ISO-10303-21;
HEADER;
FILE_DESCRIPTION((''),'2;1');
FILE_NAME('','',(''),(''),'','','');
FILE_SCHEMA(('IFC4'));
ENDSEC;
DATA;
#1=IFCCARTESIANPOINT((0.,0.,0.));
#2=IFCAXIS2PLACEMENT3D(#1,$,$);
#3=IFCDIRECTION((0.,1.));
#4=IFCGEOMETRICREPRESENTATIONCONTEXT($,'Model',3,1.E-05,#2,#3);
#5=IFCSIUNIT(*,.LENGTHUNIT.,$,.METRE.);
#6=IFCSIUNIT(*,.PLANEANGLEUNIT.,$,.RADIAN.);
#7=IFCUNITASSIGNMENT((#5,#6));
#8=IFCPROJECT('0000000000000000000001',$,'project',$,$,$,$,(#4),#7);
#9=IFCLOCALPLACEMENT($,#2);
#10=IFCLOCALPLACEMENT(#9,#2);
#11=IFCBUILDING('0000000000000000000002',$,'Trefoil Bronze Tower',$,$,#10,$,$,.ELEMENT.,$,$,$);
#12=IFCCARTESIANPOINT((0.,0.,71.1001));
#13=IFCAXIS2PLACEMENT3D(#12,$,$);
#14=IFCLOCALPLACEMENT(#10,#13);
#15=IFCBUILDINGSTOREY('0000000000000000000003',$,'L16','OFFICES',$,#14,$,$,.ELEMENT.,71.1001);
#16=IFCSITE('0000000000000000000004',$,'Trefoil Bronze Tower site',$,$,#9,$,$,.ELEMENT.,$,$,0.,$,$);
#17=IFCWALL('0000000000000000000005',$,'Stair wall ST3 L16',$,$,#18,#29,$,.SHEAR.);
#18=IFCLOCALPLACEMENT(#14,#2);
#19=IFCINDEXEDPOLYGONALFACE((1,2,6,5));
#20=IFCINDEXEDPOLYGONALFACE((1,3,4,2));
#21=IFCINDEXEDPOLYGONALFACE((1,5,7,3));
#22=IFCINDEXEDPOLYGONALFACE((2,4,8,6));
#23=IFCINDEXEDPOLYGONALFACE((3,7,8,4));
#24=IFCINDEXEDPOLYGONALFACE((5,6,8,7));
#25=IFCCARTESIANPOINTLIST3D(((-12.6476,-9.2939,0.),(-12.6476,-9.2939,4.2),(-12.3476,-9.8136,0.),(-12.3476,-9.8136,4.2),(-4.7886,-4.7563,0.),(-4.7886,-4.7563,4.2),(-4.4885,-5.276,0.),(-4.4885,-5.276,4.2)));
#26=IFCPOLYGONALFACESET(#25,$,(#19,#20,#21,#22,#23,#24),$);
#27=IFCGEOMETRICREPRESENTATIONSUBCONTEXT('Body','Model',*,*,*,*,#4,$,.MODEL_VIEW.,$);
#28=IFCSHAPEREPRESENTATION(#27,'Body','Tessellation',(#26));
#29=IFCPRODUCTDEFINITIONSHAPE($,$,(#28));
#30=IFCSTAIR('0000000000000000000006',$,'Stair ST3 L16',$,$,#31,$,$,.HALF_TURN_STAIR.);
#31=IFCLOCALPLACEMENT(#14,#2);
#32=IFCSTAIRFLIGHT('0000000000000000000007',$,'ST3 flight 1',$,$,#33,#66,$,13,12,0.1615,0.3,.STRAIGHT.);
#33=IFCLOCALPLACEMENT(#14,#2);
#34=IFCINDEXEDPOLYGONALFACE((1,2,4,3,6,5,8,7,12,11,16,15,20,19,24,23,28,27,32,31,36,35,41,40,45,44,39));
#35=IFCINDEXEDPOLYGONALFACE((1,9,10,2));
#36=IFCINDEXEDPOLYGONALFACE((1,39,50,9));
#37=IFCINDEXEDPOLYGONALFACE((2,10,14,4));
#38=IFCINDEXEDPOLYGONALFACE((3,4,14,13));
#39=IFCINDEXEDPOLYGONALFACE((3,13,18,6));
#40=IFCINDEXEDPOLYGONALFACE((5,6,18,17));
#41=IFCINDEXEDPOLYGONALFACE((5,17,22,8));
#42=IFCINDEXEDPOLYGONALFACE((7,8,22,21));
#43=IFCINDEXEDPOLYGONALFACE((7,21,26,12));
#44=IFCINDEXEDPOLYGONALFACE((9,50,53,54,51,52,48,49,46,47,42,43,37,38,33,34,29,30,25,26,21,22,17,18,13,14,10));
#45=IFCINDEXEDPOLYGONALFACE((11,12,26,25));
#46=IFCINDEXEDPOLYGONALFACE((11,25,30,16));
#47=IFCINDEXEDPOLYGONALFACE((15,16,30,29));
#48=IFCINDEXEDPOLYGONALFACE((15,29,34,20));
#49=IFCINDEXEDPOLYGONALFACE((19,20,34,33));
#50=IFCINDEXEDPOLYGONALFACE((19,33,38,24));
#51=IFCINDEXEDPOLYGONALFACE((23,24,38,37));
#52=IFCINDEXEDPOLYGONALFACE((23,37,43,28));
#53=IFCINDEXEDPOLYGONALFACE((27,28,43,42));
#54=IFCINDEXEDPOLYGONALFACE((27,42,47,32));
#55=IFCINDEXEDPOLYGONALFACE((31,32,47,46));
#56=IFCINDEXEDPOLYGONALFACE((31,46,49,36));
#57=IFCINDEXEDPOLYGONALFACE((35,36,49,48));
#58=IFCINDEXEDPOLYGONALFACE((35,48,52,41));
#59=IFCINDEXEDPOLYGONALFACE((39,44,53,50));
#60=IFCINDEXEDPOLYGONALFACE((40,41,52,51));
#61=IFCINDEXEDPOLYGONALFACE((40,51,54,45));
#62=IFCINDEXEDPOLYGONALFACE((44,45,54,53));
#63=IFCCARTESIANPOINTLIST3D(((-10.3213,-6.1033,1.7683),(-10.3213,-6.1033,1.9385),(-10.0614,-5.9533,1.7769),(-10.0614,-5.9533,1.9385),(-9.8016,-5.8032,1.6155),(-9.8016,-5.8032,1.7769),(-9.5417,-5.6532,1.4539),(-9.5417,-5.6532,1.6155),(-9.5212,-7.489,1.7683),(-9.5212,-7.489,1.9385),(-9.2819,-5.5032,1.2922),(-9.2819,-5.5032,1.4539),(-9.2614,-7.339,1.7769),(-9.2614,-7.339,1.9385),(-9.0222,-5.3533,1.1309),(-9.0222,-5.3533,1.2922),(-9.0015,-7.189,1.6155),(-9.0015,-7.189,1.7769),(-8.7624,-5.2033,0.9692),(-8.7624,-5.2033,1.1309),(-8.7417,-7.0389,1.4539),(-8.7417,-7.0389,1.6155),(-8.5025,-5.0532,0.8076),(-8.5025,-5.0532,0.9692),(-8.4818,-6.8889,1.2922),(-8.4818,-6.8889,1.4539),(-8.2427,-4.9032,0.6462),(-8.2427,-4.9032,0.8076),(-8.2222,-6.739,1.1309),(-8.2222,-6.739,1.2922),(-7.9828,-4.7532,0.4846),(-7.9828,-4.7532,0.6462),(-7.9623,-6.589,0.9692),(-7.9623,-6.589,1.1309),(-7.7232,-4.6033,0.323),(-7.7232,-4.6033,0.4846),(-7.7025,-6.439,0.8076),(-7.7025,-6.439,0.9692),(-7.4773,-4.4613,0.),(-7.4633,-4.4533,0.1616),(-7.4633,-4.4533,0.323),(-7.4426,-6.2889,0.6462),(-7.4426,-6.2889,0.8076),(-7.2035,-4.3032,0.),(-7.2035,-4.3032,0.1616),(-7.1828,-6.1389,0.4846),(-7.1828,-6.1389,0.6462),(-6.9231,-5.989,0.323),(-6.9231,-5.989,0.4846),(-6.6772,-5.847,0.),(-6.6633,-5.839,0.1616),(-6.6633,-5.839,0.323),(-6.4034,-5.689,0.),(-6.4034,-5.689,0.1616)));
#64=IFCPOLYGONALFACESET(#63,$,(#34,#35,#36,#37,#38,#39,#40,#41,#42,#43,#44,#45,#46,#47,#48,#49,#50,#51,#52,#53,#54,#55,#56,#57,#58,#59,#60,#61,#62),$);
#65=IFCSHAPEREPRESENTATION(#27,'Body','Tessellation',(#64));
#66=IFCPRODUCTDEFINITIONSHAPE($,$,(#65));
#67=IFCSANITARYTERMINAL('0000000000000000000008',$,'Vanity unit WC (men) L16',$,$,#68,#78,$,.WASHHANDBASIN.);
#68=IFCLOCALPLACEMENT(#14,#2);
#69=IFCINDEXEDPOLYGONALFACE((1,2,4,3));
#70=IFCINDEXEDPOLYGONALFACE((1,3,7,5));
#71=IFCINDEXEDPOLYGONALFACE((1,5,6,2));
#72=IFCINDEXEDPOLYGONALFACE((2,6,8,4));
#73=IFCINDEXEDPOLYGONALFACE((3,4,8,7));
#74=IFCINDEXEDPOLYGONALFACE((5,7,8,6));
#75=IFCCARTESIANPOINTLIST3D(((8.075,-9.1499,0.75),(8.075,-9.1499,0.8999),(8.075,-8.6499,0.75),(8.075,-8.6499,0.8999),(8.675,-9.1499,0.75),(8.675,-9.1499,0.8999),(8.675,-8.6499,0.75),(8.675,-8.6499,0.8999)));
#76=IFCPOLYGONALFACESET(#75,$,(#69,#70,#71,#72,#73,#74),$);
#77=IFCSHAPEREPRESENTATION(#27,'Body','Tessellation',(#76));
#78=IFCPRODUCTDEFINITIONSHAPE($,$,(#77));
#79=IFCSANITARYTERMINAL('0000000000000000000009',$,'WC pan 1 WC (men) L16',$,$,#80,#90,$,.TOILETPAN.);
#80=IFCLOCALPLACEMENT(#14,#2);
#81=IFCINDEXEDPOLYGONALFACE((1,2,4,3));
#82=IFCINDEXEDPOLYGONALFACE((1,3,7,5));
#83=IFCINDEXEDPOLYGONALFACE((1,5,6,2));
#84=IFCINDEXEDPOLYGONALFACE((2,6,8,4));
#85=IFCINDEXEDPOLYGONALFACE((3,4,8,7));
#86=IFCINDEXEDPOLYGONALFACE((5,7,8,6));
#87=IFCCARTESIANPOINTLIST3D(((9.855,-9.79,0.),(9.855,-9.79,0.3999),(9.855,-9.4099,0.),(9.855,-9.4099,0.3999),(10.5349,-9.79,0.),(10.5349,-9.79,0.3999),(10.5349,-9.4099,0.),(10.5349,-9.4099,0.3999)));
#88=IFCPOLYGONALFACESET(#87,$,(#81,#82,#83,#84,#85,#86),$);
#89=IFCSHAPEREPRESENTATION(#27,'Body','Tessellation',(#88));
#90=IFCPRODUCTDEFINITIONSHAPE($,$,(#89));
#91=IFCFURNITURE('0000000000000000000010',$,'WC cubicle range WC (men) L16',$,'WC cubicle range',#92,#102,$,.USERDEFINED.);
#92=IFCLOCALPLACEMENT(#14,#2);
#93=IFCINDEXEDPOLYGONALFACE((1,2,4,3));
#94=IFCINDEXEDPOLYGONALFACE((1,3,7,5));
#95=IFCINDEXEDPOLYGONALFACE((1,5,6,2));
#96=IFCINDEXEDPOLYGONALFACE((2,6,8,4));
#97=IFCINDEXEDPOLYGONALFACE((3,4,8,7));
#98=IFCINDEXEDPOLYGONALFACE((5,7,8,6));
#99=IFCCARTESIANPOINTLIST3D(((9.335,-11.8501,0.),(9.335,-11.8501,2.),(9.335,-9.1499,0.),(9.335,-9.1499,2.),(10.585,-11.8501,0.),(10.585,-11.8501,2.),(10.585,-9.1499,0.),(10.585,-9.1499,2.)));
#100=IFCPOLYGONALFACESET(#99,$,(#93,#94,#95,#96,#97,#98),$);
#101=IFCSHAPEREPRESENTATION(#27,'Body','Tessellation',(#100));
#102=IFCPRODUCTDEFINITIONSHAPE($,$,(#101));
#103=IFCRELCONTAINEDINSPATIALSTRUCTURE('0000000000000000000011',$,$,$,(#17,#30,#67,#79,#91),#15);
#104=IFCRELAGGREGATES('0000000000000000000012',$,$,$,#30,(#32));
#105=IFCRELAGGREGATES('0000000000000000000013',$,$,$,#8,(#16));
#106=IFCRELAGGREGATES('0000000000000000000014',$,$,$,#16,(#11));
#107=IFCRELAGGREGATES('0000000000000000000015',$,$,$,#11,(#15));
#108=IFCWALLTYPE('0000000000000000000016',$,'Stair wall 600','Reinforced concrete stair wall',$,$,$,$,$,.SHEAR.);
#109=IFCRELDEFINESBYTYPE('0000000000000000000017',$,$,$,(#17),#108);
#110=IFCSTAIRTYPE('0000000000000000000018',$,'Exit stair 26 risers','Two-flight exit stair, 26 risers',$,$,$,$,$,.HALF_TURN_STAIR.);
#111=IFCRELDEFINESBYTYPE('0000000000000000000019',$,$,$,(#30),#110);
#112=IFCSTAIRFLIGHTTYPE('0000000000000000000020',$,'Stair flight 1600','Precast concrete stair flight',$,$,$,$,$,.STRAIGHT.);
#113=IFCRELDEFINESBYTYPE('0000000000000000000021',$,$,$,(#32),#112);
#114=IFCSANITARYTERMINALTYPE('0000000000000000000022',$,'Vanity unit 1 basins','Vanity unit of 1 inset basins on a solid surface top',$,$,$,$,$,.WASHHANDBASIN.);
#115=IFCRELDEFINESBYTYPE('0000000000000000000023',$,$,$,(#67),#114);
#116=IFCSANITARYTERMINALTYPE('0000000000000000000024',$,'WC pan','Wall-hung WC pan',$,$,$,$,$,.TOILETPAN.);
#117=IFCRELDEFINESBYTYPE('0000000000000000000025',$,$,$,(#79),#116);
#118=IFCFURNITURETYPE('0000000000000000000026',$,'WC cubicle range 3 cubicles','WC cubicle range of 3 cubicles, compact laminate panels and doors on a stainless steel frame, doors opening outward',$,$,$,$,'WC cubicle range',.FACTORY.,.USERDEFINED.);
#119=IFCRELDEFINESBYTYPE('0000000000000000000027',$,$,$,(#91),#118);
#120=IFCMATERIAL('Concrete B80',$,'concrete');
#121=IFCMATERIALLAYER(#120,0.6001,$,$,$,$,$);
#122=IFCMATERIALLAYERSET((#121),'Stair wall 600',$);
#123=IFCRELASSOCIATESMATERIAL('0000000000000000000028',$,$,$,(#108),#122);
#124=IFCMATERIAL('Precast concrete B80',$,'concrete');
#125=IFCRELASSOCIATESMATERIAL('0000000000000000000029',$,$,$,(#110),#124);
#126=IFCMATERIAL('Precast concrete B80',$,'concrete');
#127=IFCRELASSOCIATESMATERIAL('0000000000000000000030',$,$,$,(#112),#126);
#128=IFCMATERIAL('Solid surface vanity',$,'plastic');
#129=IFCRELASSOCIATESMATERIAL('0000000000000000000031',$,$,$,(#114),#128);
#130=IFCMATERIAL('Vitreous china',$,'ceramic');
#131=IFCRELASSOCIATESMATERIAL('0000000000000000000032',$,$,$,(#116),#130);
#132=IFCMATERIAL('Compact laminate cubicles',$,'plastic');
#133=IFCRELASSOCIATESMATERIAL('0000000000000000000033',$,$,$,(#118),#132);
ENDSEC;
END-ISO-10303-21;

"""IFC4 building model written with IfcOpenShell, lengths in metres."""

from ifc_helpers import new_model, si_unit, direction, frame, frame_2d, origin, place, context, subcontext, project, spatial, polyline, rectangle, outline, extrude, material, layer, layer_set, type_object, element, aggregate, save


model = new_model("IFC4")

# Units and contexts
model_context = context("Model", 3, precision=1e-05, world=origin(), true_north=direction((0.0, 1.0)))
body_context = subcontext(model_context, "Body", "Model", "MODEL_VIEW")
ifc_project = project(units=[si_unit("LENGTHUNIT", "METRE"), si_unit("PLANEANGLEUNIT", "RADIAN")], contexts=[model_context])

# Site, building, storey
site_placement = place(None, origin())
site = spatial("IfcSite", under=ifc_project, at=site_placement, Name="Trefoil Bronze Tower site", CompositionType="ELEMENT", RefElevation=0.0)
building_placement = place(site_placement, origin())
building = spatial("IfcBuilding", under=site, at=building_placement, Name="Trefoil Bronze Tower", CompositionType="ELEMENT")
storey_placement = place(building_placement, frame((0.0, 0.0, 71.1001)))
storey = spatial("IfcBuildingStorey", under=building, at=storey_placement, Name="L16", Description="OFFICES", CompositionType="ELEMENT", Elevation=71.1001)

# Wall
ifc_material_1 = material(Name="Concrete B80", Category="concrete")
ifc_layer_1 = layer(ifc_material_1, 0.6001)
ifc_layer_set_1 = layer_set([ifc_layer_1], Name="Stair wall 600")
wall_type_1 = type_object("IfcWallType", Name="Stair wall 600", Description="Reinforced concrete stair wall", PredefinedType="SHEAR", material=ifc_layer_set_1)
for number, where, z_axis, x_axis, name in (
    (1, (-4.6384, -5.0161, 0.0), (0.0, 0.0, 1.0), (-0.866019, -0.50001, 0.0), "Stair wall ST3 L16"),
):
    element("IfcWall", number, at=place(storey_placement, frame(where, z_axis=z_axis, x_axis=x_axis)), inside=storey, type_object=wall_type_1, Name=name, PredefinedType="SHEAR", context=body_context, shape_type="SweptSolid", body=[
        extrude(rectangle(XDim=9.075, YDim=0.6001, at=frame_2d((4.5376, 0.0))), origin(), (0.0, 0.0, 1.0), 4.2),
    ])

# Stair, stair flight
ifc_material_2 = material(Name="Precast concrete B80", Category="concrete")
stair_type = type_object("IfcStairType", Name="Exit stair 26 risers", Description="Two-flight exit stair, 26 risers", PredefinedType="HALF_TURN_STAIR", material=ifc_material_2)
stair_placement = place(storey_placement, origin())
stair = element("IfcStair", 2, at=stair_placement, inside=storey, type_object=stair_type, Name="Stair ST3 L16", PredefinedType="HALF_TURN_STAIR")
ifc_material_3 = material(Name="Precast concrete B80", Category="concrete")
stair_flight_type = type_object("IfcStairFlightType", Name="Stair flight 1600", Description="Precast concrete stair flight", PredefinedType="STRAIGHT", material=ifc_material_3)
stair_flight_placement = place(storey_placement, frame((-6.8035, -4.9961, 0.0), z_axis=(0.0, 0.0, 1.0), x_axis=(-0.866025, -0.5, 0.0)))
stair_flight = element("IfcStairFlight", 3, at=stair_flight_placement, type_object=stair_flight_type, Name="ST3 flight 1", NumberOfRisers=13, NumberOfTreads=12, PredefinedType="STRAIGHT", RiserHeight=0.1615, TreadLength=0.3, context=body_context, shape_type="SweptSolid", body=[
    extrude(outline(polyline([(0.0, 0.0), (0.0, 0.1616), (0.3, 0.1616), (0.3, 0.323), (0.6001, 0.323), (0.6001, 0.4846), (0.8999, 0.4846), (0.8999, 0.6462), (1.2, 0.6462), (1.2, 0.8076), (1.5, 0.8076), (1.5, 0.9692), (1.8, 0.9692), (1.8, 1.1309), (2.1001, 1.1309), (2.1001, 1.2922), (2.3999, 1.2922), (2.3999, 1.4539), (2.7, 1.4539), (2.7, 1.6155), (3.0, 1.6155), (3.0, 1.7769), (3.3, 1.7769), (3.3, 1.9385), (3.6001, 1.9385), (3.6001, 2.1001), (3.6001, 1.7683), (0.3162, 0.0), (0.0, 0.0)])), frame((0.0, 0.8, 0.0), z_axis=(0.0, -1.0, 0.0), x_axis=(1.0, 0.0, 0.0)), (0.0, 0.0, 1.0), 1.6001),
])
aggregate(stair, [stair_flight])

# Sanitary terminals
ifc_material_4 = material(Name="Solid surface vanity", Category="plastic")
sanitary_terminal_type_1 = type_object("IfcSanitaryTerminalType", Name="Vanity unit 1 basins", Description="Vanity unit of 1 inset basins on a solid surface top", PredefinedType="WASHHANDBASIN", material=ifc_material_4)
sanitary_terminal_1_placement = place(storey_placement, frame((0.0, 0.0, 0.75)))
element("IfcSanitaryTerminal", 4, at=sanitary_terminal_1_placement, inside=storey, type_object=sanitary_terminal_type_1, Name="Vanity unit WC (men) L16", PredefinedType="WASHHANDBASIN", context=body_context, shape_type="SweptSolid", body=[
    extrude(outline(polyline([(8.075, -8.6499), (8.675, -8.6499), (8.675, -9.1499), (8.075, -9.1499), (8.075, -8.6499)])), origin(), (0.0, 0.0, 1.0), 0.1499),
])
ifc_material_5 = material(Name="Vitreous china", Category="ceramic")
sanitary_terminal_type_2 = type_object("IfcSanitaryTerminalType", Name="WC pan", Description="Wall-hung WC pan", PredefinedType="TOILETPAN", material=ifc_material_5)
sanitary_terminal_2_placement = place(storey_placement, origin())
element("IfcSanitaryTerminal", 5, at=sanitary_terminal_2_placement, inside=storey, type_object=sanitary_terminal_type_2, Name="WC pan 1 WC (men) L16", PredefinedType="TOILETPAN", context=body_context, shape_type="SweptSolid", body=[
    extrude(outline(polyline([(9.855, -9.4099), (10.5349, -9.4099), (10.5349, -9.79), (9.855, -9.79), (9.855, -9.4099)])), origin(), (0.0, 0.0, 1.0), 0.3999),
])

# Furniture
ifc_material_6 = material(Name="Compact laminate cubicles", Category="plastic")
furniture_type = type_object("IfcFurnitureType", Name="WC cubicle range 3 cubicles", Description="WC cubicle range of 3 cubicles, compact laminate panels and doors on a stainless steel frame, doors opening outward", ElementType="WC cubicle range", AssemblyPlace="FACTORY", PredefinedType="USERDEFINED", material=ifc_material_6)
furniture_placement = place(storey_placement, origin())
element("IfcFurniture", 6, at=furniture_placement, inside=storey, type_object=furniture_type, Name="WC cubicle range WC (men) L16", ObjectType="WC cubicle range", PredefinedType="USERDEFINED", context=body_context, shape_type="SweptSolid", body=[
    extrude(outline(polyline([(9.335, -9.1499), (10.585, -9.1499), (10.585, -11.8501), (9.335, -11.8501), (9.335, -9.1499)])), origin(), (0.0, 0.0, 1.0), 2.0),
])

save(model, "model.ifc")
